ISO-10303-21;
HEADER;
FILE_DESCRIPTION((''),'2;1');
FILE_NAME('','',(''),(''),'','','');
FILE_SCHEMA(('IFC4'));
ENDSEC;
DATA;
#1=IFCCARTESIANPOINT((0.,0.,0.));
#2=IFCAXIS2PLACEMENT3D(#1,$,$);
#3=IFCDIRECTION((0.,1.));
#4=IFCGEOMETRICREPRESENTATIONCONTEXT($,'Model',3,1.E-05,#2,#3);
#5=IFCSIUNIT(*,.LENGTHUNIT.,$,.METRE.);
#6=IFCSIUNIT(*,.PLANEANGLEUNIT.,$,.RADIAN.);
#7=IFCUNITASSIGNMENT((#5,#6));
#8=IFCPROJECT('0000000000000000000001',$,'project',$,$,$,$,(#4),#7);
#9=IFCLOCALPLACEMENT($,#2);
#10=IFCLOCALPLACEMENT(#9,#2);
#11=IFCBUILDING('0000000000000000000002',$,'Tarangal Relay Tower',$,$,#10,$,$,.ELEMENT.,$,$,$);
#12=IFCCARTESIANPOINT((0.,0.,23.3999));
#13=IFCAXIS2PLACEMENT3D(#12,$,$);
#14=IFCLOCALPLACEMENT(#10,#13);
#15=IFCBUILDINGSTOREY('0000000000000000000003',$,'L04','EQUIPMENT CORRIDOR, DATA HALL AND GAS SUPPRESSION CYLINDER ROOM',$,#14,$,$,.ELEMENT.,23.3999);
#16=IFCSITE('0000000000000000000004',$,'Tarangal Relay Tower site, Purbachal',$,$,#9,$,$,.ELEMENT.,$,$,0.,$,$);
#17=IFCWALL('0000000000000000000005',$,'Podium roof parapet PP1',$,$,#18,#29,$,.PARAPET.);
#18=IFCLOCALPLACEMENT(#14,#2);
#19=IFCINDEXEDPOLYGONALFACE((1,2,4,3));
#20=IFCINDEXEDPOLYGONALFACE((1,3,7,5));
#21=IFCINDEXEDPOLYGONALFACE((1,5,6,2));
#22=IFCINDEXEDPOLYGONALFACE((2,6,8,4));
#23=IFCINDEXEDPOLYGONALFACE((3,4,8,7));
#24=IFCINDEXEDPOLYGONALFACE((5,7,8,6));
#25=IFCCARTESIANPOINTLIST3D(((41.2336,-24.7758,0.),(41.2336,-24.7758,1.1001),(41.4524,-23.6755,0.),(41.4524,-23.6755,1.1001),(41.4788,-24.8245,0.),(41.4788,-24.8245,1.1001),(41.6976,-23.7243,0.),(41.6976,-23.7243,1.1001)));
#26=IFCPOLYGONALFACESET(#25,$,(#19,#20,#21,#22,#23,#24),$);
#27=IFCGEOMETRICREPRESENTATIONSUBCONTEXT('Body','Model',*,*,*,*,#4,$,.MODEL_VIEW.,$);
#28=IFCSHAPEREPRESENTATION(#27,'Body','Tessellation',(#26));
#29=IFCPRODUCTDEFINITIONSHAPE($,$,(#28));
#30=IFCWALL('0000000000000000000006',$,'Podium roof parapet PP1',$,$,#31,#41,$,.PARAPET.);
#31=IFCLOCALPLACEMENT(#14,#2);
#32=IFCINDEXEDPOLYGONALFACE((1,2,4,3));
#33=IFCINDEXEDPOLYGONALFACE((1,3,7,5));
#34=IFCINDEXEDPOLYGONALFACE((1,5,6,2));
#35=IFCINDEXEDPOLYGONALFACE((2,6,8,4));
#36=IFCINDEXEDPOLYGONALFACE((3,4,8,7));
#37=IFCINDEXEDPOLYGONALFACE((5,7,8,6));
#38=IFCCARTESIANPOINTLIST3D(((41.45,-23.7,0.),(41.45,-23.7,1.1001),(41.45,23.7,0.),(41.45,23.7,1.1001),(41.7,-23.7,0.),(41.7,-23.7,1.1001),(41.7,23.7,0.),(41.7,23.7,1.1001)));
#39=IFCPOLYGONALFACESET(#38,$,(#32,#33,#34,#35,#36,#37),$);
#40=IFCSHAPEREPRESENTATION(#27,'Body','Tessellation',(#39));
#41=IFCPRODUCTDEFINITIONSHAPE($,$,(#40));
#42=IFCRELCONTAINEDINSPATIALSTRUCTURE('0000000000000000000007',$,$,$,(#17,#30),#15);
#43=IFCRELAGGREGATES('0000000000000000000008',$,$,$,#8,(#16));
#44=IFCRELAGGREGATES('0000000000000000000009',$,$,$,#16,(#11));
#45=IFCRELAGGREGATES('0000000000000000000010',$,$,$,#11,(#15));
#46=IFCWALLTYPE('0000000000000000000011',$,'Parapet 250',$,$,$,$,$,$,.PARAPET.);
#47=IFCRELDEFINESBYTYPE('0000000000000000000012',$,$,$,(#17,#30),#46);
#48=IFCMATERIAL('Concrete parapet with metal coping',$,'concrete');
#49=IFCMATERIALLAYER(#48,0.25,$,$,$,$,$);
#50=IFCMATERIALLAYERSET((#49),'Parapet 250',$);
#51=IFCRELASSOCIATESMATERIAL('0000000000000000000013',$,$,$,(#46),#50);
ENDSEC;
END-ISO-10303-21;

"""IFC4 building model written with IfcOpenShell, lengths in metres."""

from ifc_helpers import new_model, si_unit, direction, frame, frame_2d, origin, place, context, subcontext, project, spatial, rectangle, extrude, material, layer, layer_set, type_object, element, save


model = new_model("IFC4")

# Units and contexts
model_context = context("Model", 3, precision=1e-05, world=origin(), true_north=direction((0.0, 1.0)))
body_context = subcontext(model_context, "Body", "Model", "MODEL_VIEW")
ifc_project = project(units=[si_unit("LENGTHUNIT", "METRE"), si_unit("PLANEANGLEUNIT", "RADIAN")], contexts=[model_context])

# Site, building, storey
site_placement = place(None, origin())
site = spatial("IfcSite", under=ifc_project, at=site_placement, Name="Tarangal Relay Tower site, Purbachal", CompositionType="ELEMENT", RefElevation=0.0)
building_placement = place(site_placement, origin())
building = spatial("IfcBuilding", under=site, at=building_placement, Name="Tarangal Relay Tower", CompositionType="ELEMENT")
storey_placement = place(building_placement, frame((0.0, 0.0, 23.3999)))
storey = spatial("IfcBuildingStorey", under=building, at=storey_placement, Name="L04", Description="EQUIPMENT CORRIDOR, DATA HALL AND GAS SUPPRESSION CYLINDER ROOM", CompositionType="ELEMENT", Elevation=23.3999)

# Walls
ifc_material_1 = material(Name="Concrete parapet with metal coping", Category="concrete")
ifc_layer_1 = layer(ifc_material_1, 0.25)
ifc_layer_set_1 = layer_set([ifc_layer_1], Name="Parapet 250")
wall_type_1 = type_object("IfcWallType", Name="Parapet 250", PredefinedType="PARAPET", material=ifc_layer_set_1)
for number, where, z_axis, x_axis, name in (
    (1, (41.3562, -24.8003, 0.0), (0.0, 0.0, 1.0), (0.194986, 0.980806, 0.0), "Podium roof parapet PP1"),
):
    element("IfcWall", number, at=place(storey_placement, frame(where, z_axis=z_axis, x_axis=x_axis)), inside=storey, type_object=wall_type_1, Name=name, PredefinedType="PARAPET", context=body_context, shape_type="SweptSolid", body=[
        extrude(rectangle(XDim=1.1218, YDim=0.25, at=frame_2d((0.561, 0.0))), origin(), (0.0, 0.0, 1.0), 1.1001),
    ])
wall_1_placement = place(storey_placement, frame((41.575, -23.7, 0.0), z_axis=(0.0, 0.0, 1.0), x_axis=(0.0, 1.0, 0.0)))
element("IfcWall", 2, at=wall_1_placement, inside=storey, type_object=wall_type_1, Name="Podium roof parapet PP1", PredefinedType="PARAPET", context=body_context, shape_type="SweptSolid", body=[
    extrude(rectangle(XDim=47.3999, YDim=0.25, at=frame_2d((23.7, 0.0))), origin(), (0.0, 0.0, 1.0), 1.1001),
])

save(model, "model.ifc")
